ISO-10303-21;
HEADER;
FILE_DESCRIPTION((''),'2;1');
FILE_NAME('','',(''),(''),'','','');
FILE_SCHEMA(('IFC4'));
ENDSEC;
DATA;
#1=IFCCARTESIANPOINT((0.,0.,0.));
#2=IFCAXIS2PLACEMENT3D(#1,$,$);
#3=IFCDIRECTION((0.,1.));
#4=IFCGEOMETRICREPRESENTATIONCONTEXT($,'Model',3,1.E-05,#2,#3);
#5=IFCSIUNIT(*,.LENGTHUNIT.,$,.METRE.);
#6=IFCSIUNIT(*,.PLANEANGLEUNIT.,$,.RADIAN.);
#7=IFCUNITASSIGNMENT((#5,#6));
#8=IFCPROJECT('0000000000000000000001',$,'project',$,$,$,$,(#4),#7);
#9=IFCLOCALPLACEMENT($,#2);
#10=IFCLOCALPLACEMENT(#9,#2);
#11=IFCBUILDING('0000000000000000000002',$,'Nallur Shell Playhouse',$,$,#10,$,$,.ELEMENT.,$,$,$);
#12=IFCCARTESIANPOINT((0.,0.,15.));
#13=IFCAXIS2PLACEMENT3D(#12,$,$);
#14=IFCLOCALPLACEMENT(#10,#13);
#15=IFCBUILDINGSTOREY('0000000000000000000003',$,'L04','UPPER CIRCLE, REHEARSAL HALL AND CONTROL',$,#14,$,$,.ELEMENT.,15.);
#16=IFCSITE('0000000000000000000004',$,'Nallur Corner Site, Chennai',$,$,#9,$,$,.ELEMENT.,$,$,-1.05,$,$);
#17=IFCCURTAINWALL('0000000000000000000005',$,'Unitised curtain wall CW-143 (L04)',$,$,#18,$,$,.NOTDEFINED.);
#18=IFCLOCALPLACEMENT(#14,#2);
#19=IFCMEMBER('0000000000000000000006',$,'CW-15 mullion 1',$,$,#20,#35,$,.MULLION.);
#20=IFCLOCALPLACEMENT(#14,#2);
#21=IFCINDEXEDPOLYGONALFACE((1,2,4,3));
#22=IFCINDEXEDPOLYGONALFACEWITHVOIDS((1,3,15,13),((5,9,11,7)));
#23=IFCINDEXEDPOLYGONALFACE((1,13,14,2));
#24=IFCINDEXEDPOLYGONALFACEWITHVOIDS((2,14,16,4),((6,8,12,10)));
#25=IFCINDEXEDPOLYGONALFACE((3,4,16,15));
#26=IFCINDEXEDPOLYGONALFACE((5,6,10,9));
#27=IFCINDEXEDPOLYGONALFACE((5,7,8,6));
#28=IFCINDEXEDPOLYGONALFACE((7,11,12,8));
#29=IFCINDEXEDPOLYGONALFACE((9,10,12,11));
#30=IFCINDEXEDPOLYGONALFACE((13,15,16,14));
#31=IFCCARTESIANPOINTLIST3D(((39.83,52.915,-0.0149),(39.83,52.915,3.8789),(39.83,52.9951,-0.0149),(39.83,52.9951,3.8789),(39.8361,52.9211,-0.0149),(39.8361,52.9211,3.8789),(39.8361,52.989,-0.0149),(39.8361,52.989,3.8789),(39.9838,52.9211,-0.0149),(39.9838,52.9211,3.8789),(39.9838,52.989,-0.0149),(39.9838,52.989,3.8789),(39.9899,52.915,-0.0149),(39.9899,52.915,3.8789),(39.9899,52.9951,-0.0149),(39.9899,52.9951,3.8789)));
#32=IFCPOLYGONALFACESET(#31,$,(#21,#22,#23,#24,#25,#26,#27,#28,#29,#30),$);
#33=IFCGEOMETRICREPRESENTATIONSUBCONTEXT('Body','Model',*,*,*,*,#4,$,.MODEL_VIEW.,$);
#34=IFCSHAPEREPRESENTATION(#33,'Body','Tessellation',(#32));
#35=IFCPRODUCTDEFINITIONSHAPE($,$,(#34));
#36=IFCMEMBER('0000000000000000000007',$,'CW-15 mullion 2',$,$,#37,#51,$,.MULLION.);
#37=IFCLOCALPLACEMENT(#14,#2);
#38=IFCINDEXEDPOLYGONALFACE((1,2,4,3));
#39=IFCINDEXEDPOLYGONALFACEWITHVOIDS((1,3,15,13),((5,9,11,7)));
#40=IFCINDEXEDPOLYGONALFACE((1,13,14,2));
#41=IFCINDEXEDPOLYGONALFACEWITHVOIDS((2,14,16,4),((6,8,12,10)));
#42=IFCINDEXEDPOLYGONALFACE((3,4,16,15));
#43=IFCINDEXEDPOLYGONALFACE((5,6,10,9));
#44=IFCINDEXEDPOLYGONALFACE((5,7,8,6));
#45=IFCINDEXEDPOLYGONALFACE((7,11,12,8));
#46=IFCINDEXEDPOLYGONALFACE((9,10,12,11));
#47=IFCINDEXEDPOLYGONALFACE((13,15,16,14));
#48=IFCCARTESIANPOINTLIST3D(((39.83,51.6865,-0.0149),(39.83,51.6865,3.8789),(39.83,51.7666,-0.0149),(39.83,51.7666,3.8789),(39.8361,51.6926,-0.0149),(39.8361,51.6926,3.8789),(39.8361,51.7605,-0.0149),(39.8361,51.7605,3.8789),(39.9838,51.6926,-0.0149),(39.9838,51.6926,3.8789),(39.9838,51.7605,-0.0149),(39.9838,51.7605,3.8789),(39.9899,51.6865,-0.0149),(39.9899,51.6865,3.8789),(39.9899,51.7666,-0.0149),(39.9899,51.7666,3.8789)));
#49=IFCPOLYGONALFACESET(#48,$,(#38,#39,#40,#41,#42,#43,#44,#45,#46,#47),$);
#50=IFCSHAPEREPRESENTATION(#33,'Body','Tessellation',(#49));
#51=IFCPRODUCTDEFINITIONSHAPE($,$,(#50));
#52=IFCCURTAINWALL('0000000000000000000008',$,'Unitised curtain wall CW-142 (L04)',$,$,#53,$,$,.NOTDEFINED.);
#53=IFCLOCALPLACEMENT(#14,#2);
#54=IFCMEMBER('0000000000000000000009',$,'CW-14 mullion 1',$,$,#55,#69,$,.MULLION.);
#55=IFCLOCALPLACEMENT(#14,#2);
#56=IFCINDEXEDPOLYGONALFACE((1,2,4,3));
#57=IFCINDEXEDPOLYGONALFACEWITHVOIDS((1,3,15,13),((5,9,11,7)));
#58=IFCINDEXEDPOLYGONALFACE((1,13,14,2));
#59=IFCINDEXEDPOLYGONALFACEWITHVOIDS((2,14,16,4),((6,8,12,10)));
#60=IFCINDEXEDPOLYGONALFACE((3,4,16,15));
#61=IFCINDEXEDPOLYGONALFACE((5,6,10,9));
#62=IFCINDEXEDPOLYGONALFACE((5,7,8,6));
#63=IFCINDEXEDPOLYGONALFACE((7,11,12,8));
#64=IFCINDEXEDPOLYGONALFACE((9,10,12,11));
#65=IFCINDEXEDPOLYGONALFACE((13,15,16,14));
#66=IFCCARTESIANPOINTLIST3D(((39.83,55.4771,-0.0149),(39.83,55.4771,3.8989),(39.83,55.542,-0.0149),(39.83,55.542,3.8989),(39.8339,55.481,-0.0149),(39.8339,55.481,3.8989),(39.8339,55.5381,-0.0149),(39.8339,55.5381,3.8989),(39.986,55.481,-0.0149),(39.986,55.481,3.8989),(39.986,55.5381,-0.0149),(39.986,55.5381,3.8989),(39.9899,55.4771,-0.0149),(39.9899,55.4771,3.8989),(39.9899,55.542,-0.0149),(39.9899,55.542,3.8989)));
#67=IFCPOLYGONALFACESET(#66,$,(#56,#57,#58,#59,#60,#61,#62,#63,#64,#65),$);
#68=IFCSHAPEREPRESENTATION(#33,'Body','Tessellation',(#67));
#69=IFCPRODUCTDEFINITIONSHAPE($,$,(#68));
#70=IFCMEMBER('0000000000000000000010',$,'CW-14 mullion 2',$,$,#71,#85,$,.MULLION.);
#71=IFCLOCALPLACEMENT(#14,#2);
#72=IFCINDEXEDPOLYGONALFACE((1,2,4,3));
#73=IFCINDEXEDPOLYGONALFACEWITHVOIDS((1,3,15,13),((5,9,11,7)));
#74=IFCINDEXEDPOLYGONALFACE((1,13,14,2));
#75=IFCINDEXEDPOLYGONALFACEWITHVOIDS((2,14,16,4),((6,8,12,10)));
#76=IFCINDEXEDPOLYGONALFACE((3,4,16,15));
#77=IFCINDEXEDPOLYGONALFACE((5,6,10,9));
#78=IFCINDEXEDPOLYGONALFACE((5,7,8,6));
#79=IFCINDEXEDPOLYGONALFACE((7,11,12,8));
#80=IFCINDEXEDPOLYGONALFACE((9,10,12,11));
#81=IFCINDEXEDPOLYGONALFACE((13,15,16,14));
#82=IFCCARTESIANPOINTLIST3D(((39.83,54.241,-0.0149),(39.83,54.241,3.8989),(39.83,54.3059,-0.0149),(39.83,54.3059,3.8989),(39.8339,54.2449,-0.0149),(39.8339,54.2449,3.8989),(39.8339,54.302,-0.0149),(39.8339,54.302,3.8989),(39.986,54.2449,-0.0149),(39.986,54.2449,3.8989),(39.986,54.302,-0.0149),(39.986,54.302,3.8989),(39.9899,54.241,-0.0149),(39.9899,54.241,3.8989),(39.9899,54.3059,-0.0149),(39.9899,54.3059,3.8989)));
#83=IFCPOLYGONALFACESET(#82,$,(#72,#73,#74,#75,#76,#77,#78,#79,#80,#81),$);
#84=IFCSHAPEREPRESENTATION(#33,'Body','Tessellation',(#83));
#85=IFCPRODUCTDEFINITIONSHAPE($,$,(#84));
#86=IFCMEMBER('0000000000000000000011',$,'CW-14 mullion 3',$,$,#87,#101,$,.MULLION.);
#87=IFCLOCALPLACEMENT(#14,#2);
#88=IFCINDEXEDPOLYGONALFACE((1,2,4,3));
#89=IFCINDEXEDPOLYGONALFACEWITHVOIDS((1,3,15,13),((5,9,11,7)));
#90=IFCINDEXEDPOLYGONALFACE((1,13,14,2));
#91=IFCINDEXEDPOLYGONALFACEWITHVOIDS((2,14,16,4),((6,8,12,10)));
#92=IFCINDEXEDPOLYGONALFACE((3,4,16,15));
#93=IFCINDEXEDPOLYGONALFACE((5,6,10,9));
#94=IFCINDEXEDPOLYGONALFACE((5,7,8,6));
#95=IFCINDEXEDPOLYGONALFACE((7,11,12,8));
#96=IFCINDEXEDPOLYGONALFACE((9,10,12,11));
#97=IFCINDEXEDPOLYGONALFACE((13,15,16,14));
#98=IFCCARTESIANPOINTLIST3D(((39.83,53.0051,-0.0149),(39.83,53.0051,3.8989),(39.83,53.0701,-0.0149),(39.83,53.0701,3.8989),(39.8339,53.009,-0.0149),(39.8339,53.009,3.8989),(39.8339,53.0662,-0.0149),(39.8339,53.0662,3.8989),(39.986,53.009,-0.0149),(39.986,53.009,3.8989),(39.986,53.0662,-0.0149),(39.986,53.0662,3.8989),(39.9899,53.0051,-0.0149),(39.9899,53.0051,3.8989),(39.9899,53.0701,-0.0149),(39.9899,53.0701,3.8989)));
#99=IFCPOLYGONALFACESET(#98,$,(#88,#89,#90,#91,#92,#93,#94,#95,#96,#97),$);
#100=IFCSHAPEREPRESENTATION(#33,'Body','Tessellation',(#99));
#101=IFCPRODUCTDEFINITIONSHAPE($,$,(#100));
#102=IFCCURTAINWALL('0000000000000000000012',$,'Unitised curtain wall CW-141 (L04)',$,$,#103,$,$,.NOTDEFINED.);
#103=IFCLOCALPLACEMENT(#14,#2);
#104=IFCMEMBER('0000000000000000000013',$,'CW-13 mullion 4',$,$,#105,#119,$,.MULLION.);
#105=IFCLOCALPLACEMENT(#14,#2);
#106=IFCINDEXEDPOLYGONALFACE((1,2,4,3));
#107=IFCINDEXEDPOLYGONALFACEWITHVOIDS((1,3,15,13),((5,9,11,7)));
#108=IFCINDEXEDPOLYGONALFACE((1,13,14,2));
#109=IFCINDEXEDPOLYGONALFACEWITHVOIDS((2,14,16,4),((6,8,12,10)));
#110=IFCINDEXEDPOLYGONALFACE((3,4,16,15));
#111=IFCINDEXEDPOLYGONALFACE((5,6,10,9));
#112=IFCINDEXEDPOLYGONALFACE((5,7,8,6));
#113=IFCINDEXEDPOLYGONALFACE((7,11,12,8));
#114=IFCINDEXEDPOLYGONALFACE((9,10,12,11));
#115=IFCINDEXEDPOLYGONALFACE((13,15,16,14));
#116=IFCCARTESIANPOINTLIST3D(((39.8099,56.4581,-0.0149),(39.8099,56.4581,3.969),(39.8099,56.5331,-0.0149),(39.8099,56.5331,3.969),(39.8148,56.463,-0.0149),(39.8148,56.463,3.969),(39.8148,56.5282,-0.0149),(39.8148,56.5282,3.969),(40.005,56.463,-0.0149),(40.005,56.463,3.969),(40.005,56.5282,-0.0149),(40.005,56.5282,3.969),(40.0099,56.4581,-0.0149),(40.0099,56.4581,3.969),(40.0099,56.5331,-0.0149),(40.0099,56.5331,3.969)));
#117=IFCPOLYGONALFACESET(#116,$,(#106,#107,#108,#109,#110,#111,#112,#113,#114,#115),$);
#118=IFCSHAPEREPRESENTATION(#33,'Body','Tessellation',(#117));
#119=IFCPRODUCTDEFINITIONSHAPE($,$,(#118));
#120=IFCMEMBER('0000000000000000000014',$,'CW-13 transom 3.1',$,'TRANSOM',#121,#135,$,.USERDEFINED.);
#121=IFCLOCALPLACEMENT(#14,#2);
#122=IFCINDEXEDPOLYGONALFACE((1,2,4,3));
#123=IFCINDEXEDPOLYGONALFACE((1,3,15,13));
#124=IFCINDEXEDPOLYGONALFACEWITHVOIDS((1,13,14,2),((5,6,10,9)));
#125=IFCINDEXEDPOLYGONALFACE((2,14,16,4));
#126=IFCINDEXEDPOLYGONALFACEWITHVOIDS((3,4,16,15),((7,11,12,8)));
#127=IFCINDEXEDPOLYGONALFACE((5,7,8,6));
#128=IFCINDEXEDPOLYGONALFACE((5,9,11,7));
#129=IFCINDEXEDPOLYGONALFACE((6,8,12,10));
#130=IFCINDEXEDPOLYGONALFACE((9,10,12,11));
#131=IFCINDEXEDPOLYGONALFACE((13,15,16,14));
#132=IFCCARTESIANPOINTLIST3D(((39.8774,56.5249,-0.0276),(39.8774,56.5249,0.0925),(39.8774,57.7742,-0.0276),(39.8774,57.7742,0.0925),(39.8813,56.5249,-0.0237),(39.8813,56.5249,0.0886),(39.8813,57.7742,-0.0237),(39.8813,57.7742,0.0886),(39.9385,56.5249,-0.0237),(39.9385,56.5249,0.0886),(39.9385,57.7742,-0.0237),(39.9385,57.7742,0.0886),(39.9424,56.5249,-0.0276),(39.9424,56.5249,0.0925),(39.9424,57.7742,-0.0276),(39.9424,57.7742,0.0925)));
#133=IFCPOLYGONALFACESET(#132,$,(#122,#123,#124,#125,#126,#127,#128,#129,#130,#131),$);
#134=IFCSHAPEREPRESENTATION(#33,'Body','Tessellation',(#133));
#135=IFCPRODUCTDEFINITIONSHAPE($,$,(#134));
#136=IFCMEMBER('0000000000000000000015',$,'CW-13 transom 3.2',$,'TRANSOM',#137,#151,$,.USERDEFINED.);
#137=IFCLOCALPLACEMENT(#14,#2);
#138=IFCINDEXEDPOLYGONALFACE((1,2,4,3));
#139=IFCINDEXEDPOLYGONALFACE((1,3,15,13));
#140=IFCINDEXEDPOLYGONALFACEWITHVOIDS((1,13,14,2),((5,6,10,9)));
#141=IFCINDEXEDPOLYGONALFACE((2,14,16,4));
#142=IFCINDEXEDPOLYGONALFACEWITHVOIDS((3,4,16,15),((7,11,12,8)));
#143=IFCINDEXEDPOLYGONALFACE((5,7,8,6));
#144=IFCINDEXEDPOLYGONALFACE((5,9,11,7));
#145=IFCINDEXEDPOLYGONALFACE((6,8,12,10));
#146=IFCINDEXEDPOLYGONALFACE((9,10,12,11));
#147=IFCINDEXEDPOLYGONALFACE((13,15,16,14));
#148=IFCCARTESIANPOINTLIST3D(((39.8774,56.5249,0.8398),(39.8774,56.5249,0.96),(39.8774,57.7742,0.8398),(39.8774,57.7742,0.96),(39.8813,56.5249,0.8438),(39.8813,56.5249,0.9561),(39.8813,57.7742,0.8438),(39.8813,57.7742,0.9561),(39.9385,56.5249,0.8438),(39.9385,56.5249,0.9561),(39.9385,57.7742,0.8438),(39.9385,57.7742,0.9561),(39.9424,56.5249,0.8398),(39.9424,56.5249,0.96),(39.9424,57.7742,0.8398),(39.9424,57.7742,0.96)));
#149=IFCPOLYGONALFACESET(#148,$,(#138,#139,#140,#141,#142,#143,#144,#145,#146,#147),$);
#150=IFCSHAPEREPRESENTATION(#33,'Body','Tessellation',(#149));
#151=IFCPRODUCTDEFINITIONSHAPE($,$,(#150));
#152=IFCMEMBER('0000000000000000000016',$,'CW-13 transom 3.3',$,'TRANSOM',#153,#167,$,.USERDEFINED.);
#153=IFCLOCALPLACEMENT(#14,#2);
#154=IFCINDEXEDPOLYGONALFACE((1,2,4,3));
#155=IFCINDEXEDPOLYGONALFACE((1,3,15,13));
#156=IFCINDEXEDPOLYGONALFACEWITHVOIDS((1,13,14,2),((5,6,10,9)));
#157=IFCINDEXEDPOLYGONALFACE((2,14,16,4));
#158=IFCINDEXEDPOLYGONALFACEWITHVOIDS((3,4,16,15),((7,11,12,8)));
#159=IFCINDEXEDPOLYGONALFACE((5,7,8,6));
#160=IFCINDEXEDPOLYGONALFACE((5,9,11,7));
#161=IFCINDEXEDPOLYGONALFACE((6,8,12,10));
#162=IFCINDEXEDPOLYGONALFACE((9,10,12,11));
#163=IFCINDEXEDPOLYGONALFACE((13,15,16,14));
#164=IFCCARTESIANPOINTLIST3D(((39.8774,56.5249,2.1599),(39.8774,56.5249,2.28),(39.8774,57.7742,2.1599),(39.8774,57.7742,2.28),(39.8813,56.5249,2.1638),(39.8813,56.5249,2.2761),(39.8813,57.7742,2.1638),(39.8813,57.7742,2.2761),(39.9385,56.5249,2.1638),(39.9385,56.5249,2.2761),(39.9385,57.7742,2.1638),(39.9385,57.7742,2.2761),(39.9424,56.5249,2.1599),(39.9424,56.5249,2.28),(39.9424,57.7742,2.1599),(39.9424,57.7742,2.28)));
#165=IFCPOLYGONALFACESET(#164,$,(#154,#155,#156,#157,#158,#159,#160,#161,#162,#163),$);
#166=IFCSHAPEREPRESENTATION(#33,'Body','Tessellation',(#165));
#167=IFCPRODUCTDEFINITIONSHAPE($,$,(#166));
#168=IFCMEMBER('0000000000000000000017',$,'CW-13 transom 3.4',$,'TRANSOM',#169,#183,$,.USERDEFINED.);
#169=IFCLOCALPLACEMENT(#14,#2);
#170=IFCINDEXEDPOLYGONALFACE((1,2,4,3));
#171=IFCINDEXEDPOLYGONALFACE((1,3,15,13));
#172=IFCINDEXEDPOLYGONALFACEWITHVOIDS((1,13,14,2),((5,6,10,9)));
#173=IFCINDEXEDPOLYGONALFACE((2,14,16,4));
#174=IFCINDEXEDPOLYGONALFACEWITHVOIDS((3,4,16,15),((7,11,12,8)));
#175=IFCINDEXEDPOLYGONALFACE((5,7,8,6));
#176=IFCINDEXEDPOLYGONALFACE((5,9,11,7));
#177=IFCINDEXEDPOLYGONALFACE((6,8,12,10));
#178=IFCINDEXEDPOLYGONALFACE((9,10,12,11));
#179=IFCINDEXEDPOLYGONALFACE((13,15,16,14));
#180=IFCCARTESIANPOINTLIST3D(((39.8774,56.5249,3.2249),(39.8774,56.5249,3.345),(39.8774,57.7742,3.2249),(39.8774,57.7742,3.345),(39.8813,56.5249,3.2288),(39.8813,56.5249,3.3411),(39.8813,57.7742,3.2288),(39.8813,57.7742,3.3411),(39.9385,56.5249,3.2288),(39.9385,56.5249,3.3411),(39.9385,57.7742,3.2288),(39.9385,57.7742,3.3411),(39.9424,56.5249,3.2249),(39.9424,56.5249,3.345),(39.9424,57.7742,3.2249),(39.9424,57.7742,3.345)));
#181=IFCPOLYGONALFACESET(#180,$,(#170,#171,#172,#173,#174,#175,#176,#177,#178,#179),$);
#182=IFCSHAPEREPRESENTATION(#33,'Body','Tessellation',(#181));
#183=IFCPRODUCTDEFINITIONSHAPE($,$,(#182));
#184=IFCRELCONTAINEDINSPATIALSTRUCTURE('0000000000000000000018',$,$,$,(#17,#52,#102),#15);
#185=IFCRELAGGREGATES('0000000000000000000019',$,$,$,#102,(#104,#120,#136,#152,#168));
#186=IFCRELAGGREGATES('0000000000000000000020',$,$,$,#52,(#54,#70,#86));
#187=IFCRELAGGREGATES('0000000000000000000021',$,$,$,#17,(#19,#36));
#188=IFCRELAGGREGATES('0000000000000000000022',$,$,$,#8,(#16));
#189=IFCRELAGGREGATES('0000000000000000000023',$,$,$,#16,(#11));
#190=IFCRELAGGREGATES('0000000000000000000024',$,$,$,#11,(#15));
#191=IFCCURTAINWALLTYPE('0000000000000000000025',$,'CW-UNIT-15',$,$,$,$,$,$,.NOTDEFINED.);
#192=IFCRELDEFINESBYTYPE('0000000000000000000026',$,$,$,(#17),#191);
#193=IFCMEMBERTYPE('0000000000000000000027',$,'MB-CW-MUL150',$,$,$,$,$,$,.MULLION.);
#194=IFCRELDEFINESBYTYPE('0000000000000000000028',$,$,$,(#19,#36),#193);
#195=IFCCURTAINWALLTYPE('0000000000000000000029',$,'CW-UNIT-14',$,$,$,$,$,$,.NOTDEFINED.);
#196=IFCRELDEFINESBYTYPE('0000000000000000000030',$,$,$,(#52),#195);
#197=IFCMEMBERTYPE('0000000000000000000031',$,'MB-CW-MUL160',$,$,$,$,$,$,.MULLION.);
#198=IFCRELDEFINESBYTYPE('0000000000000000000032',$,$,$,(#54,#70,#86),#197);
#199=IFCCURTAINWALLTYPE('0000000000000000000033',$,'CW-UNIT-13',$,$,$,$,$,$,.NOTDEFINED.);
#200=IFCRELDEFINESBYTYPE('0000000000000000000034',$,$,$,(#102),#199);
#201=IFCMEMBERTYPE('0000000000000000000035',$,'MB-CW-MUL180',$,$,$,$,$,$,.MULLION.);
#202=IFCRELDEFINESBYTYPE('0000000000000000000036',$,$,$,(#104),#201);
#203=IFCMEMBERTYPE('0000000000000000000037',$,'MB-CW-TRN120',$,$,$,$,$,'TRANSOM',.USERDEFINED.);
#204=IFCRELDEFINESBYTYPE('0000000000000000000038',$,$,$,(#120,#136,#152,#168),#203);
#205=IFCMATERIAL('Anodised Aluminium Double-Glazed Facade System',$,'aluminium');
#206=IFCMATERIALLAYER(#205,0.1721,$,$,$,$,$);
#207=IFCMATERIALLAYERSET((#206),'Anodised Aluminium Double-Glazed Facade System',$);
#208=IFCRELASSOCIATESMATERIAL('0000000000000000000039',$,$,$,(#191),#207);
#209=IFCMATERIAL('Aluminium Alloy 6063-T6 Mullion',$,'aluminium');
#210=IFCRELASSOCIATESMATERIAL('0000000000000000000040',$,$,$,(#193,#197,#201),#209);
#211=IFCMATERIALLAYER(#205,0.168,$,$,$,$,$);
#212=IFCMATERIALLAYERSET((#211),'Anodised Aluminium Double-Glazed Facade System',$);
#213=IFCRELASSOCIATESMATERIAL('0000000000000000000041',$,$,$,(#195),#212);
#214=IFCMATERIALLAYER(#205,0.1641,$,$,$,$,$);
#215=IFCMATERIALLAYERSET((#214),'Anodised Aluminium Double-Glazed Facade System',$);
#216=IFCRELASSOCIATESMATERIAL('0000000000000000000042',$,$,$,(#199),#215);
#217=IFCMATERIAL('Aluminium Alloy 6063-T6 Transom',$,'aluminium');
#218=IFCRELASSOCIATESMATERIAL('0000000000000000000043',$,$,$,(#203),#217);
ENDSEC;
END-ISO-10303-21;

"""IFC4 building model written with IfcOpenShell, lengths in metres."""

from ifc_helpers import new_model, si_unit, direction, frame, origin, origin_2d, place, context, subcontext, project, spatial, hollow_rectangle, extrude, material, layer, layer_set, material_profile, profile_set, type_object, element, aggregate, save


model = new_model("IFC4")

# Units and contexts
model_context = context("Model", 3, precision=1e-05, world=origin(), true_north=direction((0.0, 1.0)))
body_context = subcontext(model_context, "Body", "Model", "MODEL_VIEW")
ifc_project = project(units=[si_unit("LENGTHUNIT", "METRE"), si_unit("PLANEANGLEUNIT", "RADIAN")], contexts=[model_context])

# Site, building, storey
site_placement = place(None, origin())
site = spatial("IfcSite", under=ifc_project, at=site_placement, Name="Nallur Corner Site, Chennai", CompositionType="ELEMENT", RefElevation=-1.05)
building_placement = place(site_placement, origin())
building = spatial("IfcBuilding", under=site, at=building_placement, Name="Nallur Shell Playhouse", CompositionType="ELEMENT")
storey_placement = place(building_placement, frame((0.0, 0.0, 15.0)))
storey = spatial("IfcBuildingStorey", under=building, at=storey_placement, Name="L04", Description="UPPER CIRCLE, REHEARSAL HALL AND CONTROL", CompositionType="ELEMENT", Elevation=15.0)

# Curtain walls, members
ifc_material_1 = material(Name="Anodised Aluminium Double-Glazed Facade System", Category="aluminium")
ifc_layer_1 = layer(ifc_material_1, 0.1721)
ifc_layer_set_1 = layer_set([ifc_layer_1], Name="Anodised Aluminium Double-Glazed Facade System")
curtain_wall_type_1 = type_object("IfcCurtainWallType", Name="CW-UNIT-15", PredefinedType="NOTDEFINED", material=ifc_layer_set_1)
curtain_wall_1_placement = place(storey_placement, origin())
curtain_wall_1 = element("IfcCurtainWall", 1, at=curtain_wall_1_placement, inside=storey, type_object=curtain_wall_type_1, Name="Unitised curtain wall CW-143 (L04)", PredefinedType="NOTDEFINED")
ifc_material_2 = material(Name="Aluminium Alloy 6063-T6 Mullion", Category="aluminium")
ifc_material_profile_1 = material_profile(ifc_material_2, hollow_rectangle(XDim=0.0801, YDim=0.1599, WallThickness=0.0061, at=origin_2d()), Name="RHS 160x80x6")
ifc_profile_set_1 = profile_set([ifc_material_profile_1], Name="Aluminium Alloy 6063-T6 Mullion")
member_type_1 = type_object("IfcMemberType", Name="MB-CW-MUL150", PredefinedType="MULLION", material=ifc_profile_set_1)
member_1_placement = place(storey_placement, frame((39.9099, 52.9551, -0.0149), z_axis=(0.0, 0.0, 1.0), x_axis=(0.0, -1.0, 0.0)))
member_1 = element("IfcMember", 2, at=member_1_placement, type_object=member_type_1, Name="CW-15 mullion 1", PredefinedType="MULLION", context=body_context, shape_type="SweptSolid", body=[
    extrude(hollow_rectangle(XDim=0.0801, YDim=0.1599, WallThickness=0.0061, at=origin_2d()), origin(), (0.0, 0.0, 1.0), 3.8938),
])
member_2_placement = place(storey_placement, frame((39.9099, 51.7266, -0.0149), z_axis=(0.0, 0.0, 1.0), x_axis=(0.0, -1.0, 0.0)))
member_2 = element("IfcMember", 3, at=member_2_placement, type_object=member_type_1, Name="CW-15 mullion 2", PredefinedType="MULLION", context=body_context, shape_type="SweptSolid", body=[
    extrude(hollow_rectangle(XDim=0.0801, YDim=0.1599, WallThickness=0.0061, at=origin_2d()), origin(), (0.0, 0.0, 1.0), 3.8938),
])
ifc_layer_2 = layer(ifc_material_1, 0.168)
ifc_layer_set_2 = layer_set([ifc_layer_2], Name="Anodised Aluminium Double-Glazed Facade System")
curtain_wall_type_2 = type_object("IfcCurtainWallType", Name="CW-UNIT-14", PredefinedType="NOTDEFINED", material=ifc_layer_set_2)
curtain_wall_2_placement = place(storey_placement, origin())
curtain_wall_2 = element("IfcCurtainWall", 4, at=curtain_wall_2_placement, inside=storey, type_object=curtain_wall_type_2, Name="Unitised curtain wall CW-142 (L04)", PredefinedType="NOTDEFINED")
ifc_material_profile_2 = material_profile(ifc_material_2, hollow_rectangle(XDim=0.0649, YDim=0.1599, WallThickness=0.0039, at=origin_2d()), Name="ALU 65x160x4")
ifc_profile_set_2 = profile_set([ifc_material_profile_2], Name="Aluminium Alloy 6063-T6 Mullion")
member_type_2 = type_object("IfcMemberType", Name="MB-CW-MUL160", PredefinedType="MULLION", material=ifc_profile_set_2)
member_3_placement = place(storey_placement, frame((39.9099, 55.5095, -0.0149), z_axis=(0.0, 0.0, 1.0), x_axis=(0.0, -1.0, 0.0)))
member_3 = element("IfcMember", 5, at=member_3_placement, type_object=member_type_2, Name="CW-14 mullion 1", PredefinedType="MULLION", context=body_context, shape_type="SweptSolid", body=[
    extrude(hollow_rectangle(XDim=0.0649, YDim=0.1599, WallThickness=0.0039, at=origin_2d()), origin(), (0.0, 0.0, 1.0), 3.9138),
])
member_4_placement = place(storey_placement, frame((39.9099, 54.2734, -0.0149), z_axis=(0.0, 0.0, 1.0), x_axis=(0.0, -1.0, 0.0)))
member_4 = element("IfcMember", 6, at=member_4_placement, type_object=member_type_2, Name="CW-14 mullion 2", PredefinedType="MULLION", context=body_context, shape_type="SweptSolid", body=[
    extrude(hollow_rectangle(XDim=0.0649, YDim=0.1599, WallThickness=0.0039, at=origin_2d()), origin(), (0.0, 0.0, 1.0), 3.9138),
])
member_5_placement = place(storey_placement, frame((39.9099, 53.0376, -0.0149), z_axis=(0.0, 0.0, 1.0), x_axis=(0.0, -1.0, 0.0)))
member_5 = element("IfcMember", 7, at=member_5_placement, type_object=member_type_2, Name="CW-14 mullion 3", PredefinedType="MULLION", context=body_context, shape_type="SweptSolid", body=[
    extrude(hollow_rectangle(XDim=0.0649, YDim=0.1599, WallThickness=0.0039, at=origin_2d()), origin(), (0.0, 0.0, 1.0), 3.9138),
])
ifc_layer_3 = layer(ifc_material_1, 0.1641)
ifc_layer_set_3 = layer_set([ifc_layer_3], Name="Anodised Aluminium Double-Glazed Facade System")
curtain_wall_type_3 = type_object("IfcCurtainWallType", Name="CW-UNIT-13", PredefinedType="NOTDEFINED", material=ifc_layer_set_3)
curtain_wall_3_placement = place(storey_placement, origin())
curtain_wall_3 = element("IfcCurtainWall", 8, at=curtain_wall_3_placement, inside=storey, type_object=curtain_wall_type_3, Name="Unitised curtain wall CW-141 (L04)", PredefinedType="NOTDEFINED")
ifc_material_profile_3 = material_profile(ifc_material_2, hollow_rectangle(XDim=0.075, YDim=0.2, WallThickness=0.0049, at=origin_2d()), Name="ALU 75x200x5")
ifc_profile_set_3 = profile_set([ifc_material_profile_3], Name="Aluminium Alloy 6063-T6 Mullion")
member_type_3 = type_object("IfcMemberType", Name="MB-CW-MUL180", PredefinedType="MULLION", material=ifc_profile_set_3)
member_6_placement = place(storey_placement, frame((39.9099, 56.4956, -0.0149), z_axis=(0.0, 0.0, 1.0), x_axis=(0.0, -1.0, 0.0)))
member_6 = element("IfcMember", 9, at=member_6_placement, type_object=member_type_3, Name="CW-13 mullion 4", PredefinedType="MULLION", context=body_context, shape_type="SweptSolid", body=[
    extrude(hollow_rectangle(XDim=0.075, YDim=0.2, WallThickness=0.0049, at=origin_2d()), origin(), (0.0, 0.0, 1.0), 3.9839),
])
ifc_material_3 = material(Name="Aluminium Alloy 6063-T6 Transom", Category="aluminium")
ifc_material_profile_4 = material_profile(ifc_material_3, hollow_rectangle(XDim=0.0649, YDim=0.1201, WallThickness=0.0039, at=origin_2d()), Name="ALU 65x120x4")
ifc_profile_set_4 = profile_set([ifc_material_profile_4], Name="Aluminium Alloy 6063-T6 Transom")
member_type_4 = type_object("IfcMemberType", Name="MB-CW-TRN120", ElementType="TRANSOM", PredefinedType="USERDEFINED", material=ifc_profile_set_4)
member_7_placement = place(storey_placement, frame((39.9099, 57.7742, 0.0325), z_axis=(0.0, -1.0, 0.0), x_axis=(1.0, 0.0, 0.0)))
member_7 = element("IfcMember", 10, at=member_7_placement, type_object=member_type_4, Name="CW-13 transom 3.1", ObjectType="TRANSOM", PredefinedType="USERDEFINED", context=body_context, shape_type="SweptSolid", body=[
    extrude(hollow_rectangle(XDim=0.0649, YDim=0.1201, WallThickness=0.0039, at=origin_2d()), origin(), (0.0, 0.0, 1.0), 1.2493),
])
member_8_placement = place(storey_placement, frame((39.9099, 57.7742, 0.8999), z_axis=(0.0, -1.0, 0.0), x_axis=(1.0, 0.0, 0.0)))
member_8 = element("IfcMember", 11, at=member_8_placement, type_object=member_type_4, Name="CW-13 transom 3.2", ObjectType="TRANSOM", PredefinedType="USERDEFINED", context=body_context, shape_type="SweptSolid", body=[
    extrude(hollow_rectangle(XDim=0.0649, YDim=0.1201, WallThickness=0.0039, at=origin_2d()), origin(), (0.0, 0.0, 1.0), 1.2493),
])
member_9_placement = place(storey_placement, frame((39.9099, 57.7742, 2.22), z_axis=(0.0, -1.0, 0.0), x_axis=(1.0, 0.0, 0.0)))
member_9 = element("IfcMember", 12, at=member_9_placement, type_object=member_type_4, Name="CW-13 transom 3.3", ObjectType="TRANSOM", PredefinedType="USERDEFINED", context=body_context, shape_type="SweptSolid", body=[
    extrude(hollow_rectangle(XDim=0.0649, YDim=0.1201, WallThickness=0.0039, at=origin_2d()), origin(), (0.0, 0.0, 1.0), 1.2493),
])
member_10_placement = place(storey_placement, frame((39.9099, 57.7742, 3.2849), z_axis=(0.0, -1.0, 0.0), x_axis=(1.0, 0.0, 0.0)))
member_10 = element("IfcMember", 13, at=member_10_placement, type_object=member_type_4, Name="CW-13 transom 3.4", ObjectType="TRANSOM", PredefinedType="USERDEFINED", context=body_context, shape_type="SweptSolid", body=[
    extrude(hollow_rectangle(XDim=0.0649, YDim=0.1201, WallThickness=0.0039, at=origin_2d()), origin(), (0.0, 0.0, 1.0), 1.2493),
])

aggregate(curtain_wall_3, [member_6, member_7, member_8, member_9, member_10])
aggregate(curtain_wall_2, [member_3, member_4, member_5])
aggregate(curtain_wall_1, [member_1, member_2])

save(model, "model.ifc")
